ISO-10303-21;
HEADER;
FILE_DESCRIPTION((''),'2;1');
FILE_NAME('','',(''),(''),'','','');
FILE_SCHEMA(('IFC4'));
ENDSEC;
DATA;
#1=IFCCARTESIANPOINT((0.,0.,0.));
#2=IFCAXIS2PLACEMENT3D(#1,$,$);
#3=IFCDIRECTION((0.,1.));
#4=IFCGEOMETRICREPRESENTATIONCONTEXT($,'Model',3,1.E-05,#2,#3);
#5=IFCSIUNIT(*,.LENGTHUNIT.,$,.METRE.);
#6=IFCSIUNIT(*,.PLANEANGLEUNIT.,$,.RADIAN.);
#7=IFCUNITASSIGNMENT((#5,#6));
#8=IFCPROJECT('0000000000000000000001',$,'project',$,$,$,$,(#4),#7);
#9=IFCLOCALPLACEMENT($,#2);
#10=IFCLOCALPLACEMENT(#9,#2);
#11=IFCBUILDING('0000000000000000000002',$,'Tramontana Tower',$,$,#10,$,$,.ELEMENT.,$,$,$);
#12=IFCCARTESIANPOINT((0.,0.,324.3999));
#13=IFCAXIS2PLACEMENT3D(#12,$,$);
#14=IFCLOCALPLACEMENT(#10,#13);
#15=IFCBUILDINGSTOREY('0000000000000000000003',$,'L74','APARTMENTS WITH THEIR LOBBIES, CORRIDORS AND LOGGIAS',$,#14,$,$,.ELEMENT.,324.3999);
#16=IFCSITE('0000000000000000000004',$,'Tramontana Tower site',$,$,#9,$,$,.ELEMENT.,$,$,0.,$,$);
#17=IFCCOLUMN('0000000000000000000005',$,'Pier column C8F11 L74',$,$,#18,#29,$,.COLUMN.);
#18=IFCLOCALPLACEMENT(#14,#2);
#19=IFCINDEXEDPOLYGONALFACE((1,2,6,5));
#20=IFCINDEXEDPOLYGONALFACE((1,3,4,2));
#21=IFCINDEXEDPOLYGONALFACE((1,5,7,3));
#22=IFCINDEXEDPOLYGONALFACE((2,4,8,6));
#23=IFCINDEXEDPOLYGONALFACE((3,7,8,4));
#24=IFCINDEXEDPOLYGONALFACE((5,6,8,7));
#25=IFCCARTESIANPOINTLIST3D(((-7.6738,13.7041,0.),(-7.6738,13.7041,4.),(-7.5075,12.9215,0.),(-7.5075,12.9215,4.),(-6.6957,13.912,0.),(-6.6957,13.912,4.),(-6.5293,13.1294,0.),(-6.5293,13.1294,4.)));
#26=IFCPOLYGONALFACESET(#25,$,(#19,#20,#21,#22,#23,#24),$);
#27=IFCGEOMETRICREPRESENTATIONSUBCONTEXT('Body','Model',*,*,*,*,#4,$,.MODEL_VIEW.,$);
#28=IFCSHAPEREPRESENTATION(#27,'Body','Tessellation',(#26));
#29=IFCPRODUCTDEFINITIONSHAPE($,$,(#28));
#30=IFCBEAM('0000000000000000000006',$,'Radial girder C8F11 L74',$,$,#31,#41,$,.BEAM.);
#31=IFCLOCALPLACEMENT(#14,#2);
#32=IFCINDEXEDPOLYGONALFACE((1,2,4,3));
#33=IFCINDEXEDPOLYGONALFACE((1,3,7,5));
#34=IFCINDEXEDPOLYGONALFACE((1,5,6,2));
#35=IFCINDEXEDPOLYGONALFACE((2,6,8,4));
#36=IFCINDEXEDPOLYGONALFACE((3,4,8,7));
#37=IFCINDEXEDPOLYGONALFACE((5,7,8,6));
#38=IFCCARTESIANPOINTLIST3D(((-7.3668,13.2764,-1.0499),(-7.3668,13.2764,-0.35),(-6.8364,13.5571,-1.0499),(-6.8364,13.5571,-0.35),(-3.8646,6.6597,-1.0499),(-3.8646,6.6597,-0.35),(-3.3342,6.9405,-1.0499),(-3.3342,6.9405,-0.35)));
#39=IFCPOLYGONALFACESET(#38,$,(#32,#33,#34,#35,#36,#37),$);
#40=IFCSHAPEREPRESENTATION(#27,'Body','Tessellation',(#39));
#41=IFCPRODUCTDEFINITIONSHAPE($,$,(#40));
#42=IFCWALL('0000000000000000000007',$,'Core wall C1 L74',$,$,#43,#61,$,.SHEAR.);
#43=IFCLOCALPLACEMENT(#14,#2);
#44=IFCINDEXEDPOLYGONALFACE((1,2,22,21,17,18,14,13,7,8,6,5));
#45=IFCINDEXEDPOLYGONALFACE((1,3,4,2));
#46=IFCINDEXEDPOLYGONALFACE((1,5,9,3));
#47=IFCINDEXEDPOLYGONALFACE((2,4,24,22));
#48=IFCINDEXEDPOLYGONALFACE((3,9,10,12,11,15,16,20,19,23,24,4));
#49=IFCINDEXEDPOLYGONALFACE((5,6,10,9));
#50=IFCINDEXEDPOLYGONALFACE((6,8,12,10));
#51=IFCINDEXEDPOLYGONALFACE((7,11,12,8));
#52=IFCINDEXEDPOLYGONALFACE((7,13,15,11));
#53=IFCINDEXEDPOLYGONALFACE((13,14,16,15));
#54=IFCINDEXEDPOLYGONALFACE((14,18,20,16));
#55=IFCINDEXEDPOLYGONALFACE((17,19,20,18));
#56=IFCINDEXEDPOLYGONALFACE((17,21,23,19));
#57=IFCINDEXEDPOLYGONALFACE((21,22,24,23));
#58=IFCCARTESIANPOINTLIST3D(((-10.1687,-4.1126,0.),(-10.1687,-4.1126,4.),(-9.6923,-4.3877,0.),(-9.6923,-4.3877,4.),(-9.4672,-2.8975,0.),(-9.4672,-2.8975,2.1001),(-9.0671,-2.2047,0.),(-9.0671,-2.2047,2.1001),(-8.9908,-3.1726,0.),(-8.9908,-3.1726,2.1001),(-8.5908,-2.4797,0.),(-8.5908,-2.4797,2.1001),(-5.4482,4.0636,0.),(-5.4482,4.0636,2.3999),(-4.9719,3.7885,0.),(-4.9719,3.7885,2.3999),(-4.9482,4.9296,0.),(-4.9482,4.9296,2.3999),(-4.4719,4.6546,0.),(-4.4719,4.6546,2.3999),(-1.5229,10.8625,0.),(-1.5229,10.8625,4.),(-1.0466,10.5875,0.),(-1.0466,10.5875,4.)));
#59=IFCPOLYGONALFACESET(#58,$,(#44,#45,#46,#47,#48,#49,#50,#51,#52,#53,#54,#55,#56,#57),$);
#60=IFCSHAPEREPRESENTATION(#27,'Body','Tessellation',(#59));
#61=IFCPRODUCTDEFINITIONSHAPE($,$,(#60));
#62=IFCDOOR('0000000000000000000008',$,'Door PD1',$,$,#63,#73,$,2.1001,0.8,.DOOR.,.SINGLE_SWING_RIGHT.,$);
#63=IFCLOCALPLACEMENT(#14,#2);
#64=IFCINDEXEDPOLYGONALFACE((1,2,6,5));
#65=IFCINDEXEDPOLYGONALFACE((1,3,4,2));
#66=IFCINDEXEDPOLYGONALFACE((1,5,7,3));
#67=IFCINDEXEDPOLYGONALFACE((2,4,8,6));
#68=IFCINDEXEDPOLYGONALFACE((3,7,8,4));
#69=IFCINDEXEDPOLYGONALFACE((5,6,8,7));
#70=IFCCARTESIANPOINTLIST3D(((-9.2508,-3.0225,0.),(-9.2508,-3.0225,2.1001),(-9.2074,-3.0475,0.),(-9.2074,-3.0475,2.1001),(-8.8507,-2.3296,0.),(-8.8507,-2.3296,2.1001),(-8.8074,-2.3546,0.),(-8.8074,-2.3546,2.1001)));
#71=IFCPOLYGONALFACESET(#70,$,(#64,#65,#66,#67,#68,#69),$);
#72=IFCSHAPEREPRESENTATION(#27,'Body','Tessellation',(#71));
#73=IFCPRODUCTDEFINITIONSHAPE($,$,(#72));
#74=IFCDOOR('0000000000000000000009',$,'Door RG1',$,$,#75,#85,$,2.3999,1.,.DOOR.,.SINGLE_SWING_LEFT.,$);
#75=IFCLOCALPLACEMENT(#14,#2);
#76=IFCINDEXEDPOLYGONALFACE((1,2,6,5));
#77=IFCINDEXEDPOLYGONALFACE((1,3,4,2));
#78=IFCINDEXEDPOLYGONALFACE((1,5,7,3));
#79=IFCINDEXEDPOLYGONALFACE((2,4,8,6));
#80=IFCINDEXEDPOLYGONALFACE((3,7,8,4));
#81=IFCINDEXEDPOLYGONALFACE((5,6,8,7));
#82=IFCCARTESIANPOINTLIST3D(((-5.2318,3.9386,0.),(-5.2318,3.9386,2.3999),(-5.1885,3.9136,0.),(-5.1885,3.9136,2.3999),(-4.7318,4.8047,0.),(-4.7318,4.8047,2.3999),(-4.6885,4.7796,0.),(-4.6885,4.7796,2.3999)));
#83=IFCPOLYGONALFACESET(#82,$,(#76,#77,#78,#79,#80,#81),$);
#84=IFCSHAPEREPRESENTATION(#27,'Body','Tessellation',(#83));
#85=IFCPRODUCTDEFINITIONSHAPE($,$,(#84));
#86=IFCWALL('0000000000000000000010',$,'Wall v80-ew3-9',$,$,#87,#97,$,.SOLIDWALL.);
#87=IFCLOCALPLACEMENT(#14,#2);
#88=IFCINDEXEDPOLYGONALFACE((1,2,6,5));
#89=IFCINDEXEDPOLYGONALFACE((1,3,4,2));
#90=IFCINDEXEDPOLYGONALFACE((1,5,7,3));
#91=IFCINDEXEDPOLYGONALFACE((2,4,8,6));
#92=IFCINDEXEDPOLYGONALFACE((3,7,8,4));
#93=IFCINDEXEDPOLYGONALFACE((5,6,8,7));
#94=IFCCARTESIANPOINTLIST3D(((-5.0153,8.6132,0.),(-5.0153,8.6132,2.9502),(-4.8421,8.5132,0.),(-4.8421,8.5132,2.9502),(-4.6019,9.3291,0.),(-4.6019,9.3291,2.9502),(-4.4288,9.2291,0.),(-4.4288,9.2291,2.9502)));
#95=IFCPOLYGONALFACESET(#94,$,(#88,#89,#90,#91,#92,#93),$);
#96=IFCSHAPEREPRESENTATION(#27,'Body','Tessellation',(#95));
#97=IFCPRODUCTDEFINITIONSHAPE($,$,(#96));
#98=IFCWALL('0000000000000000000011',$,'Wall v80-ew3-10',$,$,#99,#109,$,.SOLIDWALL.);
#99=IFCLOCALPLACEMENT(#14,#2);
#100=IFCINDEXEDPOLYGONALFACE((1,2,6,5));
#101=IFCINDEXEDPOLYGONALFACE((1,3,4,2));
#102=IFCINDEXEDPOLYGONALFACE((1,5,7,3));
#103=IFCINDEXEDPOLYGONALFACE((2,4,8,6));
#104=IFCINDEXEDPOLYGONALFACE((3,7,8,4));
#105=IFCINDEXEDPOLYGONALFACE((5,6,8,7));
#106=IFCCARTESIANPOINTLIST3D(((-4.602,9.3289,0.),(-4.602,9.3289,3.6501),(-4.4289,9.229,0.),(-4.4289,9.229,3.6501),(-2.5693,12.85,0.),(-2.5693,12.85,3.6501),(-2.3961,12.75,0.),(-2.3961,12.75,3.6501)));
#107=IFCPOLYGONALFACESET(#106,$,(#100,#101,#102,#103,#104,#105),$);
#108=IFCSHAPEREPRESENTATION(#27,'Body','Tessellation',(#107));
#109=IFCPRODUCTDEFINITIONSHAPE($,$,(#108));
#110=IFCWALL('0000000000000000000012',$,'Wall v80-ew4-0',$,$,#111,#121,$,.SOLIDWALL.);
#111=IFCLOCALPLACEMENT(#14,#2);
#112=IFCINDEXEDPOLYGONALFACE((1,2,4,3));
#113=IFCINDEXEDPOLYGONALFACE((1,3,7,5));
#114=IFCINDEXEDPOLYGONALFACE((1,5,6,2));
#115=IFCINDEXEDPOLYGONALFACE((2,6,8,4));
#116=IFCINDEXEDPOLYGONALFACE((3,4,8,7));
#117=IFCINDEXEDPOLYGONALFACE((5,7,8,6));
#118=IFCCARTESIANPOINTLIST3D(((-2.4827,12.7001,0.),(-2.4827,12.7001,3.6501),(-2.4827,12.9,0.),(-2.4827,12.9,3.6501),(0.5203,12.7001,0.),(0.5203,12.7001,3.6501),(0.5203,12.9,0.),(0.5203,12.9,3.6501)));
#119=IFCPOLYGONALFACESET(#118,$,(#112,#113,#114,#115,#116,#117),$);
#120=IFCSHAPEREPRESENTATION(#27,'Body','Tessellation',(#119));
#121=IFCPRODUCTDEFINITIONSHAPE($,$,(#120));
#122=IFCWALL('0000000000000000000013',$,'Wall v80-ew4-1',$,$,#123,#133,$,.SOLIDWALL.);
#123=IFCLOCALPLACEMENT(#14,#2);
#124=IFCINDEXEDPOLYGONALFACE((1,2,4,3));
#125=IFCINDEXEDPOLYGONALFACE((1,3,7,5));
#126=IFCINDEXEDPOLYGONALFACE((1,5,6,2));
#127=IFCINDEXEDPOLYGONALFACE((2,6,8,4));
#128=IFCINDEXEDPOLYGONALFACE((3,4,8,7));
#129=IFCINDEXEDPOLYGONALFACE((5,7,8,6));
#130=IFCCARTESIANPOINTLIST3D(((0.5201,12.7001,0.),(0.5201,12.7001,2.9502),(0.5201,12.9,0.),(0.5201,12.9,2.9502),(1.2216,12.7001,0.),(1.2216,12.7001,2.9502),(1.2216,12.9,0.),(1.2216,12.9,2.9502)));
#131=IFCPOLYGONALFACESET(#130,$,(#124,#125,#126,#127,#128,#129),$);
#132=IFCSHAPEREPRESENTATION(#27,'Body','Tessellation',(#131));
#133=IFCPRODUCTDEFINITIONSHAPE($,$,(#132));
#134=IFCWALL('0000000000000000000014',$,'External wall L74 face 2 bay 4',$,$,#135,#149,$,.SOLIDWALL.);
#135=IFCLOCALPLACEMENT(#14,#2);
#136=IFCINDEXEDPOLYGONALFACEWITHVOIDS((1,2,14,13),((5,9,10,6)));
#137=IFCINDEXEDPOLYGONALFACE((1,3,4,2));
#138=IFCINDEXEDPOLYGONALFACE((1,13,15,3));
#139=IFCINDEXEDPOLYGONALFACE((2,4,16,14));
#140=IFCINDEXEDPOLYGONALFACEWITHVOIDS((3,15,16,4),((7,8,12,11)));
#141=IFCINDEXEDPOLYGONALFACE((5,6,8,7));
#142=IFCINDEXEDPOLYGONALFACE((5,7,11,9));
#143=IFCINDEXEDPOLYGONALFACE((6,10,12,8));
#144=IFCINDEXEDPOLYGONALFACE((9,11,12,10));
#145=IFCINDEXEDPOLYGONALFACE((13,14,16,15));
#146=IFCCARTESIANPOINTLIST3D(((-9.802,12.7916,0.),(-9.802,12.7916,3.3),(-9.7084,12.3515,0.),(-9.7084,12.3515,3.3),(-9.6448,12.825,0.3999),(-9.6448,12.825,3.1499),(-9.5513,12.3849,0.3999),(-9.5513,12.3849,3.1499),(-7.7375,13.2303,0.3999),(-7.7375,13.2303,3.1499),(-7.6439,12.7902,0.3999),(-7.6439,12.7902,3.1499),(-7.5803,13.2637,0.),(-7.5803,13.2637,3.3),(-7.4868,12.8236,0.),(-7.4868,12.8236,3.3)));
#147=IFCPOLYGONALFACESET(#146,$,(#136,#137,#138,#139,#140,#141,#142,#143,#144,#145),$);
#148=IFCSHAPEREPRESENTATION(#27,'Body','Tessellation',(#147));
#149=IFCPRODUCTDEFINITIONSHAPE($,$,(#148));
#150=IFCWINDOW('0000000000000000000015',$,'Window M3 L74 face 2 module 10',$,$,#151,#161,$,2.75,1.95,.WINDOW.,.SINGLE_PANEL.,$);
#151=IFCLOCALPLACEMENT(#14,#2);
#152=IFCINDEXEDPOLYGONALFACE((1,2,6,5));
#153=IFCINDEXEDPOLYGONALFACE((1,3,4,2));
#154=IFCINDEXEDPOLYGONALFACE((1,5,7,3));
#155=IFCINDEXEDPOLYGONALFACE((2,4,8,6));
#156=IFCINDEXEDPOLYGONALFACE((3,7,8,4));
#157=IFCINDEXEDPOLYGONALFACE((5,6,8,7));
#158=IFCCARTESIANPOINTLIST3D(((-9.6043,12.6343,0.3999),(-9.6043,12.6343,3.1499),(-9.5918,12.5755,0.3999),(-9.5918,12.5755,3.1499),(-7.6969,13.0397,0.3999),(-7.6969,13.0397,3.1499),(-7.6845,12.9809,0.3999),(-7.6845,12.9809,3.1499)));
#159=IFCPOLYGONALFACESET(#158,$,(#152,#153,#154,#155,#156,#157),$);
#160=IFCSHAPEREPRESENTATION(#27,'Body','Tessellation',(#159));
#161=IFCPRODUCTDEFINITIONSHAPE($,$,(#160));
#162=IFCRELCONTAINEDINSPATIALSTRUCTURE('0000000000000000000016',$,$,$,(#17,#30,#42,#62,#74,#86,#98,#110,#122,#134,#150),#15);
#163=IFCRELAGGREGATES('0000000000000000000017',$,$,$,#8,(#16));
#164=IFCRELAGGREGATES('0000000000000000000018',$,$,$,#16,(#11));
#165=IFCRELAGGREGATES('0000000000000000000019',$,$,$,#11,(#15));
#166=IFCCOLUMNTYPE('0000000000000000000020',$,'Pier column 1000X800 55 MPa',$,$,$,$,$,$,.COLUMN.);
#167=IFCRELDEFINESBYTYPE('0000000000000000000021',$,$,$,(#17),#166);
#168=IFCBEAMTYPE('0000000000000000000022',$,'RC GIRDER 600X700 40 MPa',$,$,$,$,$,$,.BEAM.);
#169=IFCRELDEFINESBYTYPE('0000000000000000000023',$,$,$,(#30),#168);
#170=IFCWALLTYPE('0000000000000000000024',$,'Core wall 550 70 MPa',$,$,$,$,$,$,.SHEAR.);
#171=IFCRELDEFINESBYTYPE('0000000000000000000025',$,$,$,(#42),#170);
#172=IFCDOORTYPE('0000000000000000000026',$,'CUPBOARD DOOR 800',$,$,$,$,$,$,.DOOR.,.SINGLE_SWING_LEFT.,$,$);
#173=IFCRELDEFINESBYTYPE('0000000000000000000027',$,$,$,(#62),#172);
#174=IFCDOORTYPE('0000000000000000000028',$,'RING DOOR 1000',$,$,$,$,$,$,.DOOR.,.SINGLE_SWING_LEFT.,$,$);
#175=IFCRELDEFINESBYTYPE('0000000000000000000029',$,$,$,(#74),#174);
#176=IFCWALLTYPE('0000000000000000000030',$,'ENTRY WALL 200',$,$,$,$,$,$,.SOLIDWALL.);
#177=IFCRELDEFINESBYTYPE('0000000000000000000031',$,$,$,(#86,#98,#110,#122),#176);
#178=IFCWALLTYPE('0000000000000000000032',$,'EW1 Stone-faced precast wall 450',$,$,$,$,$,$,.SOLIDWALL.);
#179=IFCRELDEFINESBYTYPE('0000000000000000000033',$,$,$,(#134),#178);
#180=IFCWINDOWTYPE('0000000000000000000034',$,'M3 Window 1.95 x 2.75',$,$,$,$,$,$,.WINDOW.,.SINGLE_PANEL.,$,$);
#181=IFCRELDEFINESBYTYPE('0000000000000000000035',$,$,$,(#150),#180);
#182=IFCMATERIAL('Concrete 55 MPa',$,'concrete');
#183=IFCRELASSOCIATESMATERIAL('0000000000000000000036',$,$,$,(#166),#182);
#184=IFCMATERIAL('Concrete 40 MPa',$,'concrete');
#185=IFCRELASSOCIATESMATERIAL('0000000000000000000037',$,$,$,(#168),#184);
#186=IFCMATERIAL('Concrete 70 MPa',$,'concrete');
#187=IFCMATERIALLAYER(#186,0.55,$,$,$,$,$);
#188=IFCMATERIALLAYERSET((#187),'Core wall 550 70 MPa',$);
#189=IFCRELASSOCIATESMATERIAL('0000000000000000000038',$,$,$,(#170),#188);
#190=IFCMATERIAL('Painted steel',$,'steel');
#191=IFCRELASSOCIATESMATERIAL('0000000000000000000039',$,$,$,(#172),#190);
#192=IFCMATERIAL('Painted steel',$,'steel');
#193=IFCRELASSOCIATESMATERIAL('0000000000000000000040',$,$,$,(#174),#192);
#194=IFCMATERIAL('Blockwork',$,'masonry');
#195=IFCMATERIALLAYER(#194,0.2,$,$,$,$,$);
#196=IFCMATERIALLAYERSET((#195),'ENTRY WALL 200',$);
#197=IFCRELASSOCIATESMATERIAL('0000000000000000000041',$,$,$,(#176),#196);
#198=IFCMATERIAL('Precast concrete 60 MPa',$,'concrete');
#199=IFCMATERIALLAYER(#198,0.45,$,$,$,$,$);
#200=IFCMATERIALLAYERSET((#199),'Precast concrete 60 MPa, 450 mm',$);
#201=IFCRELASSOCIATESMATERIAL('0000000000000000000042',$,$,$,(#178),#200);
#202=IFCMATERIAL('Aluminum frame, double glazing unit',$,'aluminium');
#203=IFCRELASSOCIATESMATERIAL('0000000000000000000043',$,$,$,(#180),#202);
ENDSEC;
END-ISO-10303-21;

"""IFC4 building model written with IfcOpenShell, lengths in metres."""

from ifc_helpers import new_model, si_unit, direction, frame, frame_2d, origin, origin_2d, place, context, subcontext, project, spatial, rectangle, extrude, material, layer, layer_set, material_profile, profile_set, type_object, element, fill, save


model = new_model("IFC4")

# Units and contexts
model_context = context("Model", 3, precision=1e-05, world=origin(), true_north=direction((0.0, 1.0)))
body_context = subcontext(model_context, "Body", "Model", "MODEL_VIEW")
ifc_project = project(units=[si_unit("LENGTHUNIT", "METRE"), si_unit("PLANEANGLEUNIT", "RADIAN")], contexts=[model_context])

# Site, building, storey
site_placement = place(None, origin())
site = spatial("IfcSite", under=ifc_project, at=site_placement, Name="Tramontana Tower site", CompositionType="ELEMENT", RefElevation=0.0)
building_placement = place(site_placement, origin())
building = spatial("IfcBuilding", under=site, at=building_placement, Name="Tramontana Tower", CompositionType="ELEMENT")
storey_placement = place(building_placement, frame((0.0, 0.0, 324.3999)))
storey = spatial("IfcBuildingStorey", under=building, at=storey_placement, Name="L74", Description="APARTMENTS WITH THEIR LOBBIES, CORRIDORS AND LOGGIAS", CompositionType="ELEMENT", Elevation=324.3999)

# Column
ifc_material_1 = material(Name="Concrete 55 MPa", Category="concrete")
ifc_material_profile_1 = material_profile(ifc_material_1, rectangle(XDim=1.0, YDim=0.8, at=origin_2d()), Name="Pier column 1000X800 55 MPa")
ifc_profile_set_1 = profile_set([ifc_material_profile_1], Name="Concrete 55 MPa")
column_type = type_object("IfcColumnType", Name="Pier column 1000X800 55 MPa", PredefinedType="COLUMN", material=ifc_profile_set_1)
column_placement = place(storey_placement, frame((-7.1016, 13.4167, 0.0), z_axis=(0.0, 0.0, 1.0), x_axis=(-0.978148, -0.207912, 0.0)))
element("IfcColumn", 1, at=column_placement, inside=storey, type_object=column_type, Name="Pier column C8F11 L74", PredefinedType="COLUMN", context=body_context, shape_type="SweptSolid", body=[
    extrude(rectangle(XDim=1.0, YDim=0.8, at=origin_2d()), origin(), (0.0, 0.0, 1.0), 4.0),
])

# Beam
ifc_material_2 = material(Name="Concrete 40 MPa", Category="concrete")
ifc_material_profile_2 = material_profile(ifc_material_2, rectangle(XDim=0.6001, YDim=0.7, at=origin_2d()), Name="RC GIRDER 600X700 40 MPa")
ifc_profile_set_2 = profile_set([ifc_material_profile_2], Name="Concrete 40 MPa")
beam_type = type_object("IfcBeamType", Name="RC GIRDER 600X700 40 MPa", PredefinedType="BEAM", material=ifc_profile_set_2)
beam_placement = place(storey_placement, frame((-7.1016, 13.4167, -0.7), z_axis=(0.467808, -0.88383, 0.0), x_axis=(0.88383, 0.467808, 0.0)))
element("IfcBeam", 2, at=beam_placement, inside=storey, type_object=beam_type, Name="Radial girder C8F11 L74", PredefinedType="BEAM", context=body_context, shape_type="SweptSolid", body=[
    extrude(rectangle(XDim=0.6001, YDim=0.7, at=origin_2d()), origin(), (0.0, 0.0, 1.0), 7.4863),
])

# Wall, openings, doors
ifc_material_3 = material(Name="Concrete 70 MPa", Category="concrete")
ifc_layer_1 = layer(ifc_material_3, 0.55)
ifc_layer_set_1 = layer_set([ifc_layer_1], Name="Core wall 550 70 MPa")
wall_type_1 = type_object("IfcWallType", Name="Core wall 550 70 MPa", PredefinedType="SHEAR", material=ifc_layer_set_1)
wall_1_placement = place(storey_placement, frame((-1.2847, 10.7251, 0.0), z_axis=(0.0, 0.0, 1.0), x_axis=(-0.499995, -0.866029, 0.0)))
wall_1 = element("IfcWall", 3, at=wall_1_placement, inside=storey, type_object=wall_type_1, Name="Core wall C1 L74", PredefinedType="SHEAR", context=body_context, shape_type="SweptSolid", body=[
    extrude(rectangle(XDim=17.2917, YDim=0.55, at=frame_2d((8.646, 0.0))), origin(), (0.0, 0.0, 1.0), 4.0),
])
opening_1_placement = place(wall_1_placement, frame((6.8508, 0.0, 0.0)))
opening_1 = element("IfcOpeningElement", 4, at=opening_1_placement, cuts=wall_1, PredefinedType="OPENING", context=body_context, shape_type="SweptSolid", body=[
    extrude(rectangle(XDim=1.0, YDim=2.3999, at=frame_2d((0.5, 1.2))), frame((0.0, 0.2849, 0.0), z_axis=(0.0, -1.0, 0.0), x_axis=(1.0, 0.0, 0.0)), (0.0, 0.0, 1.0), 0.5701),
])
opening_2_placement = place(wall_1_placement, frame((15.0889, 0.0, 0.0)))
opening_2 = element("IfcOpeningElement", 5, at=opening_2_placement, cuts=wall_1, PredefinedType="OPENING", context=body_context, shape_type="SweptSolid", body=[
    extrude(rectangle(XDim=0.8, YDim=2.1001, at=frame_2d((0.3999, 1.05))), frame((0.0, 0.2849, 0.0), z_axis=(0.0, -1.0, 0.0), x_axis=(1.0, 0.0, 0.0)), (0.0, 0.0, 1.0), 0.5701),
])
ifc_material_4 = material(Name="Painted steel", Category="steel")
door_type_1 = type_object("IfcDoorType", Name="CUPBOARD DOOR 800", OperationType="SINGLE_SWING_LEFT", PredefinedType="DOOR", material=ifc_material_4)
door_1_placement = place(opening_2_placement, origin())
door_1 = element("IfcDoor", 6, at=door_1_placement, inside=storey, type_object=door_type_1, Name="Door PD1", OperationType="SINGLE_SWING_RIGHT", OverallHeight=2.1001, OverallWidth=0.8, PredefinedType="DOOR", context=body_context, shape_type="SweptSolid", body=[
    extrude(rectangle(XDim=0.8, YDim=2.1001, at=frame_2d((0.3999, 1.05))), frame((0.0, 0.0249, 0.0), z_axis=(0.0, -1.0, 0.0), x_axis=(1.0, 0.0, 0.0)), (0.0, 0.0, 1.0), 0.05),
])
fill(opening_2, door_1)
ifc_material_5 = material(Name="Painted steel", Category="steel")
door_type_2 = type_object("IfcDoorType", Name="RING DOOR 1000", OperationType="SINGLE_SWING_LEFT", PredefinedType="DOOR", material=ifc_material_5)
door_2_placement = place(opening_1_placement, origin())
door_2 = element("IfcDoor", 7, at=door_2_placement, inside=storey, type_object=door_type_2, Name="Door RG1", OperationType="SINGLE_SWING_LEFT", OverallHeight=2.3999, OverallWidth=1.0, PredefinedType="DOOR", context=body_context, shape_type="SweptSolid", body=[
    extrude(rectangle(XDim=1.0, YDim=2.3999, at=frame_2d((0.5, 1.2))), frame((0.0, 0.0249, 0.0), z_axis=(0.0, -1.0, 0.0), x_axis=(1.0, 0.0, 0.0)), (0.0, 0.0, 1.0), 0.05),
])
fill(opening_1, door_2)

# Walls
ifc_material_6 = material(Name="Blockwork", Category="masonry")
ifc_layer_2 = layer(ifc_material_6, 0.2)
ifc_layer_set_2 = layer_set([ifc_layer_2], Name="ENTRY WALL 200")
wall_type_2 = type_object("IfcWallType", Name="ENTRY WALL 200", PredefinedType="SOLIDWALL", material=ifc_layer_set_2)
wall_2_placement = place(storey_placement, frame((-4.9287, 8.5632, 0.0), z_axis=(0.0, 0.0, 1.0), x_axis=(0.500046, 0.865999, 0.0)))
element("IfcWall", 8, at=wall_2_placement, inside=storey, type_object=wall_type_2, Name="Wall v80-ew3-9", PredefinedType="SOLIDWALL", context=body_context, shape_type="SweptSolid", body=[
    extrude(rectangle(XDim=0.8267, YDim=0.2, at=frame_2d((0.4133, 0.0))), origin(), (0.0, 0.0, 1.0), 2.9502),
])
wall_3_placement = place(storey_placement, frame((-4.5154, 9.2791, 0.0), z_axis=(0.0, 0.0, 1.0), x_axis=(0.499975, 0.86604, 0.0)))
element("IfcWall", 9, at=wall_3_placement, inside=storey, type_object=wall_type_2, Name="Wall v80-ew3-10", PredefinedType="SOLIDWALL", context=body_context, shape_type="SweptSolid", body=[
    extrude(rectangle(XDim=4.0657, YDim=0.2, at=frame_2d((2.0327, 0.0))), origin(), (0.0, 0.0, 1.0), 3.6501),
])
wall_4_placement = place(storey_placement, frame((-2.4827, 12.8, 0.0), z_axis=(0.0, 0.0, 1.0), x_axis=(1.0, 0.0, 0.0)))
element("IfcWall", 10, at=wall_4_placement, inside=storey, type_object=wall_type_2, Name="Wall v80-ew4-0", PredefinedType="SOLIDWALL", context=body_context, shape_type="SweptSolid", body=[
    extrude(rectangle(XDim=3.0029, YDim=0.2, at=frame_2d((1.5015, 0.0))), origin(), (0.0, 0.0, 1.0), 3.6501),
])
wall_5_placement = place(storey_placement, frame((0.5203, 12.8, 0.0), z_axis=(0.0, 0.0, 1.0), x_axis=(1.0, 0.0, 0.0)))
element("IfcWall", 11, at=wall_5_placement, inside=storey, type_object=wall_type_2, Name="Wall v80-ew4-1", PredefinedType="SOLIDWALL", context=body_context, shape_type="SweptSolid", body=[
    extrude(rectangle(XDim=0.7014, YDim=0.2, at=frame_2d((0.3506, 0.0))), origin(), (0.0, 0.0, 1.0), 2.9502),
])

# Wall, opening, window
ifc_material_7 = material(Name="Precast concrete 60 MPa", Category="concrete")
ifc_layer_3 = layer(ifc_material_7, 0.45)
ifc_layer_set_3 = layer_set([ifc_layer_3], Name="Precast concrete 60 MPa, 450 mm")
wall_type_3 = type_object("IfcWallType", Name="EW1 Stone-faced precast wall 450", PredefinedType="SOLIDWALL", material=ifc_layer_set_3)
wall_6_placement = place(storey_placement, frame((-7.5334, 13.0437, 0.0), z_axis=(0.0, 0.0, 1.0), x_axis=(-0.978153, -0.207884, 0.0)))
wall_6 = element("IfcWall", 12, at=wall_6_placement, inside=storey, type_object=wall_type_3, Name="External wall L74 face 2 bay 4", PredefinedType="SOLIDWALL", context=body_context, shape_type="SweptSolid", body=[
    extrude(rectangle(XDim=2.2712, YDim=0.45, at=frame_2d((1.1357, 0.0))), origin(), (0.0, 0.0, 1.0), 3.3),
])
opening_3_placement = place(wall_6_placement, frame((0.1606, 0.0, 0.3999)))
opening_3 = element("IfcOpeningElement", 13, at=opening_3_placement, cuts=wall_6, PredefinedType="OPENING", context=body_context, shape_type="SweptSolid", body=[
    extrude(rectangle(XDim=1.95, YDim=2.75, at=frame_2d((0.9751, 1.375))), frame((0.0, 0.2349, 0.0), z_axis=(0.0, -1.0, 0.0), x_axis=(1.0, 0.0, 0.0)), (0.0, 0.0, 1.0), 0.47),
])
ifc_material_8 = material(Name="Aluminum frame, double glazing unit", Category="aluminium")
window_type = type_object("IfcWindowType", Name="M3 Window 1.95 x 2.75", PartitioningType="SINGLE_PANEL", PredefinedType="WINDOW", material=ifc_material_8)
window_placement = place(opening_3_placement, origin())
window = element("IfcWindow", 14, at=window_placement, inside=storey, type_object=window_type, Name="Window M3 L74 face 2 module 10", OverallHeight=2.75, OverallWidth=1.95, PartitioningType="SINGLE_PANEL", PredefinedType="WINDOW", context=body_context, shape_type="SweptSolid", body=[
    extrude(rectangle(XDim=1.95, YDim=2.75, at=frame_2d((0.9751, 1.375))), frame((0.0, 0.03, 0.0), z_axis=(0.0, -1.0, 0.0), x_axis=(1.0, 0.0, 0.0)), (0.0, 0.0, 1.0), 0.0601),
])
fill(opening_3, window)

save(model, "model.ifc")
